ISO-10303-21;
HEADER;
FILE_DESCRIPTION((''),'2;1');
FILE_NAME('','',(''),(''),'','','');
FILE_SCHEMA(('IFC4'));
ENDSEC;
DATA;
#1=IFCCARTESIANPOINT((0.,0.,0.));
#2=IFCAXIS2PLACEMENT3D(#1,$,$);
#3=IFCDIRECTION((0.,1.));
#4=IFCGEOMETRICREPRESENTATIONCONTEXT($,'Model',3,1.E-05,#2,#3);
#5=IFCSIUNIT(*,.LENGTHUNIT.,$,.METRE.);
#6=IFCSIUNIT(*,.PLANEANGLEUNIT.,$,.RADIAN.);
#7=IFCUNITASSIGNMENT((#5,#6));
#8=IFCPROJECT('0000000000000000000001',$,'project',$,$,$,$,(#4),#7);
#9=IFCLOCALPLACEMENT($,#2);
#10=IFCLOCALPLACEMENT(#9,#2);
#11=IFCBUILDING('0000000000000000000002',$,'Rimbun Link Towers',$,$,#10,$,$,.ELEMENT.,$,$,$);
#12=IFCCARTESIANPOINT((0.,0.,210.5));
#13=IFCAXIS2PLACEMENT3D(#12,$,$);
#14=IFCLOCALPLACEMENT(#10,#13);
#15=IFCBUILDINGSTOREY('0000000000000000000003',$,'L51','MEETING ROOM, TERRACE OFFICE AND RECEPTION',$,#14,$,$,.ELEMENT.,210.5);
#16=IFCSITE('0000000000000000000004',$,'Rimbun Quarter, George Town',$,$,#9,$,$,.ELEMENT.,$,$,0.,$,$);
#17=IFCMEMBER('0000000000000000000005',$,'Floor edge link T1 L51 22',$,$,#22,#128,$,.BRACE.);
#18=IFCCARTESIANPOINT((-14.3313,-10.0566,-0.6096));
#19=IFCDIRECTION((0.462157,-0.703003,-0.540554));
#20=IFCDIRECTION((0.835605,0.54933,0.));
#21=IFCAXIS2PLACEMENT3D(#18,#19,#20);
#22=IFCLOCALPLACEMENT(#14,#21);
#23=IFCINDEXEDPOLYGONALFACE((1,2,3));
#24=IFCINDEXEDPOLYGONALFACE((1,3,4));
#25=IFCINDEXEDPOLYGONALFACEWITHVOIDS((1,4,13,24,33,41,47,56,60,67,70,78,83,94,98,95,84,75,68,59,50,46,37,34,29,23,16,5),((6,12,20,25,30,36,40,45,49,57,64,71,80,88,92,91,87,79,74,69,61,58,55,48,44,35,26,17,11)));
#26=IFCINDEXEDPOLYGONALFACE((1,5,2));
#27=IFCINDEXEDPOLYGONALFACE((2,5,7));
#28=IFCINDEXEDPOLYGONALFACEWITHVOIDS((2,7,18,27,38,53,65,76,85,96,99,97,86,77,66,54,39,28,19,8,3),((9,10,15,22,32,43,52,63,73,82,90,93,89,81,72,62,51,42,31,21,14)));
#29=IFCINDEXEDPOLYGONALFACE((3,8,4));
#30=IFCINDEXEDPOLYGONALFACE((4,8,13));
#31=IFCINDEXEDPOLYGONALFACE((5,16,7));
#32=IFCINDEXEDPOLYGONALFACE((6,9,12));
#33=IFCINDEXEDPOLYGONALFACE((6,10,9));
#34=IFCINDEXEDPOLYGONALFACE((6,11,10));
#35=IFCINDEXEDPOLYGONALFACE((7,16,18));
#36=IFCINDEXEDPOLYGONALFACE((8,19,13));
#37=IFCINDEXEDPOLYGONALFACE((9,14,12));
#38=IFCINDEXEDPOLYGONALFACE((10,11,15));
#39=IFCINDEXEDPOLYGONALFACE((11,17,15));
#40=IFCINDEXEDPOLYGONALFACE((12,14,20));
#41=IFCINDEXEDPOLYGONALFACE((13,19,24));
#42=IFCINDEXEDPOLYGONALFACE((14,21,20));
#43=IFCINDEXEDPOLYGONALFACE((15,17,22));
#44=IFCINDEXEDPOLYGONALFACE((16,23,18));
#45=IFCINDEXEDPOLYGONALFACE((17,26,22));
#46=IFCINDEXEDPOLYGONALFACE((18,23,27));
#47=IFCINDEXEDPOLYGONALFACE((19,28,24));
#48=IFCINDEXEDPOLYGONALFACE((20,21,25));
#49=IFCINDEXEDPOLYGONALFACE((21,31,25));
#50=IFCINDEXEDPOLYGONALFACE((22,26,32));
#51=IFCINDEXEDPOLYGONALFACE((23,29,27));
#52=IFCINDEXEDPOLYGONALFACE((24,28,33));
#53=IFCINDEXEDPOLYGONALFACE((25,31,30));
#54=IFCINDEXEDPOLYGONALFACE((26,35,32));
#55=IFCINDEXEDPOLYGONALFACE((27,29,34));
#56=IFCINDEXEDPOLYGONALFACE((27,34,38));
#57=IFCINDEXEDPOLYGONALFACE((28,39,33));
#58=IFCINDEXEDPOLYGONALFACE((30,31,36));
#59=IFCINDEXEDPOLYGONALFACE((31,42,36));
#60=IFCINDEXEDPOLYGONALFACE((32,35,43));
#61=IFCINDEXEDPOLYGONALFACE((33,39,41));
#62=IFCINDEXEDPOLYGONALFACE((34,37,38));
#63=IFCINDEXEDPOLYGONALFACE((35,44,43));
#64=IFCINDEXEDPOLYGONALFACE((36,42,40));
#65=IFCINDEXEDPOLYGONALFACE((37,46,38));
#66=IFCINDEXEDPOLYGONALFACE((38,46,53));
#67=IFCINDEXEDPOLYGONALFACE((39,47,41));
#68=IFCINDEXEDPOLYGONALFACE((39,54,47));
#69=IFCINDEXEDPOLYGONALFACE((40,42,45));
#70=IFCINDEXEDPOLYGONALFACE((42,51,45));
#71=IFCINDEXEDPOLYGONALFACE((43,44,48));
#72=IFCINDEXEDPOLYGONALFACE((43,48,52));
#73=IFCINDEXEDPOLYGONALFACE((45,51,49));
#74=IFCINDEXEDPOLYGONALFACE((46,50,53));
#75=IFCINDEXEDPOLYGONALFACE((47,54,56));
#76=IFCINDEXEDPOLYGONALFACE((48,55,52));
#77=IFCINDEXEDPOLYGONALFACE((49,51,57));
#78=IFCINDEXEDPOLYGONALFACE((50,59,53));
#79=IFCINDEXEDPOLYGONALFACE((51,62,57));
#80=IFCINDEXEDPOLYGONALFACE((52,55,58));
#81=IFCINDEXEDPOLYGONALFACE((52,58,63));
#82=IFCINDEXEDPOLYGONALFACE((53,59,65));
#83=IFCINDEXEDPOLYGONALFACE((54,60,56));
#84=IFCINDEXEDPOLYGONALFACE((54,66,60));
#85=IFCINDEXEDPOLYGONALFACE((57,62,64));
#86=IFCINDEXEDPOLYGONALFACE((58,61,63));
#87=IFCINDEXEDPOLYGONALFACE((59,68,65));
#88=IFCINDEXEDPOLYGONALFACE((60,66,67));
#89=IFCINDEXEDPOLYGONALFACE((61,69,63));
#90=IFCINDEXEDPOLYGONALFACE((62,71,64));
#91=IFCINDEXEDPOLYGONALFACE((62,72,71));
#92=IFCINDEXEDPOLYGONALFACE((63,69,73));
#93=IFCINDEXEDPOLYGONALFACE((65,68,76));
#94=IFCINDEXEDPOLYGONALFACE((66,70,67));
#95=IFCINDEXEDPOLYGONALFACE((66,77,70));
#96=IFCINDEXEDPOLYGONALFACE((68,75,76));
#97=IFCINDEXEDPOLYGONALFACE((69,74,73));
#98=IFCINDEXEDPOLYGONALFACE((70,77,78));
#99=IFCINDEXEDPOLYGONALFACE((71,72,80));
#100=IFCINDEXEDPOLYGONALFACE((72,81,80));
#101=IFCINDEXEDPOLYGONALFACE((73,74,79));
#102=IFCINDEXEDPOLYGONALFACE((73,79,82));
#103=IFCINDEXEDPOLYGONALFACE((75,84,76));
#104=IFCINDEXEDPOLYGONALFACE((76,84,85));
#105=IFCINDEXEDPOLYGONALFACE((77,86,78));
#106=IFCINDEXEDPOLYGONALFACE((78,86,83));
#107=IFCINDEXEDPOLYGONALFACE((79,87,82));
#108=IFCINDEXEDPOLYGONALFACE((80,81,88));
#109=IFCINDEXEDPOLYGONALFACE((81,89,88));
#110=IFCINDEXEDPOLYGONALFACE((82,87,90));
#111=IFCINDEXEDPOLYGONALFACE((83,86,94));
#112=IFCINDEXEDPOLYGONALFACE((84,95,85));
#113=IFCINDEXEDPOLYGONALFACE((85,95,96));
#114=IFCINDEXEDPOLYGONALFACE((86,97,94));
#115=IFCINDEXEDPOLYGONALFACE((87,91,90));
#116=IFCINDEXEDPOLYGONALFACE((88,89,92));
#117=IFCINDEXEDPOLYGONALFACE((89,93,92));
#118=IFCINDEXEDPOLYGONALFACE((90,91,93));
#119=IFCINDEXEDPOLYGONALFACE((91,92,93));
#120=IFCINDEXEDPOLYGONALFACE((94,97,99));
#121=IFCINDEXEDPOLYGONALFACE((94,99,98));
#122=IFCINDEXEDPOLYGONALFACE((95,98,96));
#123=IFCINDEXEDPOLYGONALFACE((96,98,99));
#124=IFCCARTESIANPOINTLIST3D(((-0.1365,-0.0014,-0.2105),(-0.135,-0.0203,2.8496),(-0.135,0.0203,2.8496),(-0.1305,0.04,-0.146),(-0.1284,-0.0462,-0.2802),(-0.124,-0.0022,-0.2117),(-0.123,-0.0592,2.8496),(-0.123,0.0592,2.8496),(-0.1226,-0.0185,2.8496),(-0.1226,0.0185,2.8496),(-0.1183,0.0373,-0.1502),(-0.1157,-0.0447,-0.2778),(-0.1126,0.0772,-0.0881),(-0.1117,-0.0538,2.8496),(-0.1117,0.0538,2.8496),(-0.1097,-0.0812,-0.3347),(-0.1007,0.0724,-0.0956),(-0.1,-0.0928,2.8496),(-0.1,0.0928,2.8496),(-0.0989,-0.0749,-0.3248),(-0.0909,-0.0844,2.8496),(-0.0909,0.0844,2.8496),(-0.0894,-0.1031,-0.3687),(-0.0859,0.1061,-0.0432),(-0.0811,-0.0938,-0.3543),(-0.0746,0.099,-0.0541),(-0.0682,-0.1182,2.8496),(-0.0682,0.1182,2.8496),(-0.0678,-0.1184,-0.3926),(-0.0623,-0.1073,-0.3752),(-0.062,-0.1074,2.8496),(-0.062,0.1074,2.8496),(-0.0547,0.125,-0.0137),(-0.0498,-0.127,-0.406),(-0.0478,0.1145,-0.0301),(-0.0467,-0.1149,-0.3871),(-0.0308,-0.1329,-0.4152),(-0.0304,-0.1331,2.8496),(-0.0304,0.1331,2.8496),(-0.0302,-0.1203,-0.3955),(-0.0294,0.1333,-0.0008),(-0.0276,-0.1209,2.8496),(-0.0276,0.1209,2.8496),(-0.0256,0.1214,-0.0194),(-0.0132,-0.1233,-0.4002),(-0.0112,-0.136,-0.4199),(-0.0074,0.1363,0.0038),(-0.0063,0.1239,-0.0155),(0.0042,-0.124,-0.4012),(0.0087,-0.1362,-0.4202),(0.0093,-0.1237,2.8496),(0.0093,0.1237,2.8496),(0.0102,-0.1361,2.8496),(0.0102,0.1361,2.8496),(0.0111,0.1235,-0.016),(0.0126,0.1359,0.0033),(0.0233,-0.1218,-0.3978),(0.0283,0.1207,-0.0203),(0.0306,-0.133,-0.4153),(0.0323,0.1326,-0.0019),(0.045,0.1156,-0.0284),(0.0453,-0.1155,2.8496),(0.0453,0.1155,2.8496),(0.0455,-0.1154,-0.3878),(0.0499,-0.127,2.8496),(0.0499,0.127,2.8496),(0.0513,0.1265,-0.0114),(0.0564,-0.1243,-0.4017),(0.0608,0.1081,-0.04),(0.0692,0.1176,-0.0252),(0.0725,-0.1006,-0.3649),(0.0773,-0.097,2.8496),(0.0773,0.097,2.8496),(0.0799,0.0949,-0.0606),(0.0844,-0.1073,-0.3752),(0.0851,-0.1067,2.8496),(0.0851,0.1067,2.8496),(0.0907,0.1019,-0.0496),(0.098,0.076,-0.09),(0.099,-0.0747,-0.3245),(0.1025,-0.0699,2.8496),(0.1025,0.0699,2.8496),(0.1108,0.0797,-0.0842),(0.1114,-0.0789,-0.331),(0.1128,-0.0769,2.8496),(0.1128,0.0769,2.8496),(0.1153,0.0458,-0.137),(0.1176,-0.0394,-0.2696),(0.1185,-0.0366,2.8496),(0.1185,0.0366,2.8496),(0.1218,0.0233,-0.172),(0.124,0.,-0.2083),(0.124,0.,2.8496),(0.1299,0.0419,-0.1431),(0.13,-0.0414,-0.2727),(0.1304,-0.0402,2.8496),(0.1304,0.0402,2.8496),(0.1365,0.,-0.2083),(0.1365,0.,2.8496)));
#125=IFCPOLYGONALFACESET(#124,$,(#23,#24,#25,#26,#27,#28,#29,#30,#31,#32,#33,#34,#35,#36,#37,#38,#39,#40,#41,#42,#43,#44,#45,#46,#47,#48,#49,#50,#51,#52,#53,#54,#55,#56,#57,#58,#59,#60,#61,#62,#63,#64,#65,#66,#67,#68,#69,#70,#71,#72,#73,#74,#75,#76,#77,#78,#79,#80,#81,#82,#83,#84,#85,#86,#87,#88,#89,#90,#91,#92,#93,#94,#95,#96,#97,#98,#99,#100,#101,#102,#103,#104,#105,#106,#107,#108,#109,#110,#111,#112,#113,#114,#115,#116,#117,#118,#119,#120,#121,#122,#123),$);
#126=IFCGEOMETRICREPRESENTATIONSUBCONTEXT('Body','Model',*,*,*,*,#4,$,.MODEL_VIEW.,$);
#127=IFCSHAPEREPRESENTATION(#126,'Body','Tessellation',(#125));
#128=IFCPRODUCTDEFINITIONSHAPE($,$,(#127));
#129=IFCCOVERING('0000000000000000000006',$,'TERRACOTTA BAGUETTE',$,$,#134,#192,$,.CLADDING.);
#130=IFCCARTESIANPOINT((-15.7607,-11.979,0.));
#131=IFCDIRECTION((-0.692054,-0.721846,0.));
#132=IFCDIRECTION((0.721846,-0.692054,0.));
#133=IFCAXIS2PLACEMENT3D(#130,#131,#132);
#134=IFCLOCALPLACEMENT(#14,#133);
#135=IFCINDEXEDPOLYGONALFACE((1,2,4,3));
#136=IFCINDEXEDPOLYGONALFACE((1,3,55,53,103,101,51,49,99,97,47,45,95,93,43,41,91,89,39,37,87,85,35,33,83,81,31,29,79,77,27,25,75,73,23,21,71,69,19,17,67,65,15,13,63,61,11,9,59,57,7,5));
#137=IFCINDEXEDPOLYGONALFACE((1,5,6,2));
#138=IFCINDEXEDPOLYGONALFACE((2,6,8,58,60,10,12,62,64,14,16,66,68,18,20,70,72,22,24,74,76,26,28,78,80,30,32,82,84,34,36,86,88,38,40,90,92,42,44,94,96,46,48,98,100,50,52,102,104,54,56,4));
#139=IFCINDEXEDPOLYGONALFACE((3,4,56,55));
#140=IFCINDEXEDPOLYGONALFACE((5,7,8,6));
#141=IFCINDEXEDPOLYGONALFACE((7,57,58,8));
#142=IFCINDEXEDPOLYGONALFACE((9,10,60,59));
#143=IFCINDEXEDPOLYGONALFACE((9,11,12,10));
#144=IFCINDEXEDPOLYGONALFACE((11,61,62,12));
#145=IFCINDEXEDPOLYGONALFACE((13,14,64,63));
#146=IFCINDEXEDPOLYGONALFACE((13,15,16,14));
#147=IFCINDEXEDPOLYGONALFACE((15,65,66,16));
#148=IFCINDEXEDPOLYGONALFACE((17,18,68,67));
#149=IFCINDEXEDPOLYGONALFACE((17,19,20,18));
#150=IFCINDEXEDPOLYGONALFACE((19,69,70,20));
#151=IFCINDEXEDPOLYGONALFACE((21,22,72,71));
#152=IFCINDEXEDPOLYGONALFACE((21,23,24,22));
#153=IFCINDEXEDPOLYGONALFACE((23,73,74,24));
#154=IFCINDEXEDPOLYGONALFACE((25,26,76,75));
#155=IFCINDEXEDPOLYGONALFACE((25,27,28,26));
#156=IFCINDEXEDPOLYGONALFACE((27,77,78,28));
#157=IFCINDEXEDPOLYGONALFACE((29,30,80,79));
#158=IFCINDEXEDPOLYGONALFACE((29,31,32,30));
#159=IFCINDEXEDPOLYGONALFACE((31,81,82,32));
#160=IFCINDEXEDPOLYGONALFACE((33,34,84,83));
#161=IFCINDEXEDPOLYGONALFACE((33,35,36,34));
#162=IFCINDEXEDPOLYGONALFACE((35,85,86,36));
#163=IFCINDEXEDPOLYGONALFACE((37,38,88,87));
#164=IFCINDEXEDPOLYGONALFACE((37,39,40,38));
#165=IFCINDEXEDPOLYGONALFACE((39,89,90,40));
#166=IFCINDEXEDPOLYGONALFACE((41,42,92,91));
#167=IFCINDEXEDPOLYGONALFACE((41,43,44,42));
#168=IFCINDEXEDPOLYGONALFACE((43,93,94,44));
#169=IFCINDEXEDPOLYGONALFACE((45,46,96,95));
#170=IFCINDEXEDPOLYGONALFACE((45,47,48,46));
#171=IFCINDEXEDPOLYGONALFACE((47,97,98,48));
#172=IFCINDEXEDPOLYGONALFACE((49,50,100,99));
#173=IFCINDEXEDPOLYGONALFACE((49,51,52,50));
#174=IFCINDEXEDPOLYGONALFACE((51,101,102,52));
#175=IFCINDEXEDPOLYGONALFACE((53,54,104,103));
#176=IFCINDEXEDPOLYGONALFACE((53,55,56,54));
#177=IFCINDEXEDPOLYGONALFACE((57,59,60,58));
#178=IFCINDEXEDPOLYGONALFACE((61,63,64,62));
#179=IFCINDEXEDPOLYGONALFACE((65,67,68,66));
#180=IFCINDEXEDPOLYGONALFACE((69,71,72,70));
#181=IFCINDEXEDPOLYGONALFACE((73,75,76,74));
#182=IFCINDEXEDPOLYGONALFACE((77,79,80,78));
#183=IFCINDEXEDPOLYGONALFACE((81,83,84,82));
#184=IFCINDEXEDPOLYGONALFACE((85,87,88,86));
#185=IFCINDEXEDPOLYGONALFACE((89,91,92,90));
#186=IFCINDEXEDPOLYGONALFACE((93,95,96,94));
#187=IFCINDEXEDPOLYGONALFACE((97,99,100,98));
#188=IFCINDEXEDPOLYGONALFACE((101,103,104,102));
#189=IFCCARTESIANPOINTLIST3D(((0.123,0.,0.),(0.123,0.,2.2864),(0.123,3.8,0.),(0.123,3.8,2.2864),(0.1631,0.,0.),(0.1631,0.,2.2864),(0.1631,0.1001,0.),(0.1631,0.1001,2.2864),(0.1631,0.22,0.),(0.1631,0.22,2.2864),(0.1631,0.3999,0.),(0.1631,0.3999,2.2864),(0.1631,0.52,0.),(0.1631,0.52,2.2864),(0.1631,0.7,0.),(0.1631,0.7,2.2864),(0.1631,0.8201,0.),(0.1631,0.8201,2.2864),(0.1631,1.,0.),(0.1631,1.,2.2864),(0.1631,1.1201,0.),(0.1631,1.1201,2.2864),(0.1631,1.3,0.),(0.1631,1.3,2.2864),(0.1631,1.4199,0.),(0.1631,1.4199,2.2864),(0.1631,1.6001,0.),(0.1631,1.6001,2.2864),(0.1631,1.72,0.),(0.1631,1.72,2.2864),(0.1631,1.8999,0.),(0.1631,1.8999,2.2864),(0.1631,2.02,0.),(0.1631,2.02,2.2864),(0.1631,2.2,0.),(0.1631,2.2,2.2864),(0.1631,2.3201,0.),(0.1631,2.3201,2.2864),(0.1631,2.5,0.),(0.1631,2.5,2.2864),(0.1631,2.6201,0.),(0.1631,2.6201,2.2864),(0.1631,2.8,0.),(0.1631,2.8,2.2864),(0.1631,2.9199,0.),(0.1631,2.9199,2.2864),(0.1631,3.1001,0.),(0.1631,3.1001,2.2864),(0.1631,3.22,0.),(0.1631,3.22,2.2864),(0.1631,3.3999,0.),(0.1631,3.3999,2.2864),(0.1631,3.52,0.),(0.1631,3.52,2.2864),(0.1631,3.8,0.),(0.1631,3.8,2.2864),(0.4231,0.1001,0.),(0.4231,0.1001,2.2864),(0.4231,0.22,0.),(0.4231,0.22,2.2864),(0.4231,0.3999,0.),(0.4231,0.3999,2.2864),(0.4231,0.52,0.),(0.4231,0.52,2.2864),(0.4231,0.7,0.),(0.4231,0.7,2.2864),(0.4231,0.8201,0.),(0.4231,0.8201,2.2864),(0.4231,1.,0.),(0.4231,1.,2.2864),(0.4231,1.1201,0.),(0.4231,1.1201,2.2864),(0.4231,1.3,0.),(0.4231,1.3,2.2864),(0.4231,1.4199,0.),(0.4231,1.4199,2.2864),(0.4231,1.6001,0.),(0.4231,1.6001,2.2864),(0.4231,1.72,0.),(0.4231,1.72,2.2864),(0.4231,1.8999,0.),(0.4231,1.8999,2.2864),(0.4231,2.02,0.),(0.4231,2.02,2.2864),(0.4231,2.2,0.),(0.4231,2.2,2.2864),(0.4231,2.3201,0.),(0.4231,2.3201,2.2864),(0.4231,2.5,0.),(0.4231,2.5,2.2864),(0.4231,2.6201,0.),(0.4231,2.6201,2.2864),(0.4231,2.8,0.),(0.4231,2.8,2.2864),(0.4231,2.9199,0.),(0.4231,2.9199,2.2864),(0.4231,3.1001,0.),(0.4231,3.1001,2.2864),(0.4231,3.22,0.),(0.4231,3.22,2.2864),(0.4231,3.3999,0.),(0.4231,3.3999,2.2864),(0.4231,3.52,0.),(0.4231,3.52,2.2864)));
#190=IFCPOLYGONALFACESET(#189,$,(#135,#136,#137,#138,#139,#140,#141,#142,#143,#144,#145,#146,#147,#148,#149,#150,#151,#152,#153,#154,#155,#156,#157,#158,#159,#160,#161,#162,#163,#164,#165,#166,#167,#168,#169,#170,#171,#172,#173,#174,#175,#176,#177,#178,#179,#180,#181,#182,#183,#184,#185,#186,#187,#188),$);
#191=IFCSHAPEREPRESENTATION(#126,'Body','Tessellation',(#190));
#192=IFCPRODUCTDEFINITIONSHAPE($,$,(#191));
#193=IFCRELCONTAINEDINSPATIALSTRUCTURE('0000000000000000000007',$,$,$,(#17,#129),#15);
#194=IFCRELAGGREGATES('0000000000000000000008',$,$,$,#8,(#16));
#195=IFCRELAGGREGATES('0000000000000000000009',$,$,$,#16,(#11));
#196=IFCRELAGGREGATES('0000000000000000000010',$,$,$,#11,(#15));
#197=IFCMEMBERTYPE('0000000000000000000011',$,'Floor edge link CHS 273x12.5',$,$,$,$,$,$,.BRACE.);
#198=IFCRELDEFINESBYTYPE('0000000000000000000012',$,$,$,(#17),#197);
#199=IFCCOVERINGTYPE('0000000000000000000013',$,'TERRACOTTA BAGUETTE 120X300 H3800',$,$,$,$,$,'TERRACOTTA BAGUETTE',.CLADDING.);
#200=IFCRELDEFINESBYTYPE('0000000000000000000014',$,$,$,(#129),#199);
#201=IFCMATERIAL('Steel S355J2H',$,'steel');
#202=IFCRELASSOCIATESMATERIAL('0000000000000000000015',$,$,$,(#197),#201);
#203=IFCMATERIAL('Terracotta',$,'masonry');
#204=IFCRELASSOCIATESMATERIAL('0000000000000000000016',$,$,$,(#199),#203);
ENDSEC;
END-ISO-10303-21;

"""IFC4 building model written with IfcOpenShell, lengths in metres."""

from ifc_helpers import new_model, si_unit, direction, frame, origin, origin_2d, place, context, subcontext, project, spatial, polyline, hollow_circle, outline, extrude, clip, halfspace, material, material_profile, profile_set, type_object, element, save


model = new_model("IFC4")

# Units and contexts
model_context = context("Model", 3, precision=1e-05, world=origin(), true_north=direction((0.0, 1.0)))
body_context = subcontext(model_context, "Body", "Model", "MODEL_VIEW")
ifc_project = project(units=[si_unit("LENGTHUNIT", "METRE"), si_unit("PLANEANGLEUNIT", "RADIAN")], contexts=[model_context])

# Site, building, storey
site_placement = place(None, origin())
site = spatial("IfcSite", under=ifc_project, at=site_placement, Name="Rimbun Quarter, George Town", CompositionType="ELEMENT", RefElevation=0.0)
building_placement = place(site_placement, origin())
building = spatial("IfcBuilding", under=site, at=building_placement, Name="Rimbun Link Towers", CompositionType="ELEMENT")
storey_placement = place(building_placement, frame((0.0, 0.0, 210.5)))
storey = spatial("IfcBuildingStorey", under=building, at=storey_placement, Name="L51", Description="MEETING ROOM, TERRACE OFFICE AND RECEPTION", CompositionType="ELEMENT", Elevation=210.5)

# Member
ifc_material_1 = material(Name="Steel S355J2H", Category="steel")
ifc_material_profile_1 = material_profile(ifc_material_1, hollow_circle(Radius=0.1365, WallThickness=0.0125, at=origin_2d()), Name="CHS 273x12.5")
ifc_profile_set_1 = profile_set([ifc_material_profile_1], Name="Steel S355J2H")
member_type_1 = type_object("IfcMemberType", Name="Floor edge link CHS 273x12.5", PredefinedType="BRACE", material=ifc_profile_set_1)
member_1_placement = place(storey_placement, frame((-14.3313, -10.0566, -0.6096), z_axis=(0.462157, -0.703003, -0.540554), x_axis=(0.835605, 0.54933, 0.0)))
element("IfcMember", 1, at=member_1_placement, inside=storey, type_object=member_type_1, Name="Floor edge link T1 L51 22", PredefinedType="BRACE", context=body_context, shape_type="Clipping", body=[
    clip(extrude(hollow_circle(Radius=0.1365, WallThickness=0.0125, at=origin_2d()), frame((0.0, 0.0, -0.4434)), (0.0, 0.0, 1.0), 3.293), halfspace(frame((0.0, 0.0, -0.2083), z_axis=(0.0, 0.841309, -0.540554)), False)),
])

# Covering
ifc_material_2 = material(Name="Terracotta", Category="masonry")
ifc_material_profile_2 = material_profile(ifc_material_2, outline(polyline([(0.123, 0.0), (0.1631, 0.0), (0.1631, 0.1001), (0.4231, 0.1001), (0.4231, 0.22), (0.1631, 0.22), (0.1631, 0.3999), (0.4231, 0.3999), (0.4231, 0.52), (0.1631, 0.52), (0.1631, 0.7), (0.4231, 0.7), (0.4231, 0.8201), (0.1631, 0.8201), (0.1631, 1.0), (0.4231, 1.0), (0.4231, 1.1201), (0.1631, 1.1201), (0.1631, 1.3), (0.4231, 1.3), (0.4231, 1.4199), (0.1631, 1.4199), (0.1631, 1.6001), (0.4231, 1.6001), (0.4231, 1.72), (0.1631, 1.72), (0.1631, 1.8999), (0.4231, 1.8999), (0.4231, 2.02), (0.1631, 2.02), (0.1631, 2.2), (0.4231, 2.2), (0.4231, 2.3201), (0.1631, 2.3201), (0.1631, 2.5), (0.4231, 2.5), (0.4231, 2.6201), (0.1631, 2.6201), (0.1631, 2.8), (0.4231, 2.8), (0.4231, 2.9199), (0.1631, 2.9199), (0.1631, 3.1001), (0.4231, 3.1001), (0.4231, 3.22), (0.1631, 3.22), (0.1631, 3.3999), (0.4231, 3.3999), (0.4231, 3.52), (0.1631, 3.52), (0.1631, 3.8), (0.123, 3.8), (0.123, 0.0)])), Name="BAGUETTE 120X300")
ifc_profile_set_2 = profile_set([ifc_material_profile_2], Name="Terracotta")
covering_type = type_object("IfcCoveringType", Name="TERRACOTTA BAGUETTE 120X300 H3800", ElementType="TERRACOTTA BAGUETTE", PredefinedType="CLADDING", material=ifc_profile_set_2)
covering_1_placement = place(storey_placement, frame((-15.7607, -11.979, 0.0), z_axis=(-0.692054, -0.721846, 0.0), x_axis=(0.721846, -0.692054, 0.0)))
element("IfcCovering", 2, at=covering_1_placement, inside=storey, type_object=covering_type, Name="TERRACOTTA BAGUETTE", PredefinedType="CLADDING", context=body_context, shape_type="SweptSolid", body=[
    extrude(outline(polyline([(0.123, 0.0), (0.1631, 0.0), (0.1631, 0.1001), (0.4231, 0.1001), (0.4231, 0.22), (0.1631, 0.22), (0.1631, 0.3999), (0.4231, 0.3999), (0.4231, 0.52), (0.1631, 0.52), (0.1631, 0.7), (0.4231, 0.7), (0.4231, 0.8201), (0.1631, 0.8201), (0.1631, 1.0), (0.4231, 1.0), (0.4231, 1.1201), (0.1631, 1.1201), (0.1631, 1.3), (0.4231, 1.3), (0.4231, 1.4199), (0.1631, 1.4199), (0.1631, 1.6001), (0.4231, 1.6001), (0.4231, 1.72), (0.1631, 1.72), (0.1631, 1.8999), (0.4231, 1.8999), (0.4231, 2.02), (0.1631, 2.02), (0.1631, 2.2), (0.4231, 2.2), (0.4231, 2.3201), (0.1631, 2.3201), (0.1631, 2.5), (0.4231, 2.5), (0.4231, 2.6201), (0.1631, 2.6201), (0.1631, 2.8), (0.4231, 2.8), (0.4231, 2.9199), (0.1631, 2.9199), (0.1631, 3.1001), (0.4231, 3.1001), (0.4231, 3.22), (0.1631, 3.22), (0.1631, 3.3999), (0.4231, 3.3999), (0.4231, 3.52), (0.1631, 3.52), (0.1631, 3.8), (0.123, 3.8), (0.123, 0.0)])), origin(), (0.0, 0.0, 1.0), 2.2864),
])

save(model, "model.ifc")
